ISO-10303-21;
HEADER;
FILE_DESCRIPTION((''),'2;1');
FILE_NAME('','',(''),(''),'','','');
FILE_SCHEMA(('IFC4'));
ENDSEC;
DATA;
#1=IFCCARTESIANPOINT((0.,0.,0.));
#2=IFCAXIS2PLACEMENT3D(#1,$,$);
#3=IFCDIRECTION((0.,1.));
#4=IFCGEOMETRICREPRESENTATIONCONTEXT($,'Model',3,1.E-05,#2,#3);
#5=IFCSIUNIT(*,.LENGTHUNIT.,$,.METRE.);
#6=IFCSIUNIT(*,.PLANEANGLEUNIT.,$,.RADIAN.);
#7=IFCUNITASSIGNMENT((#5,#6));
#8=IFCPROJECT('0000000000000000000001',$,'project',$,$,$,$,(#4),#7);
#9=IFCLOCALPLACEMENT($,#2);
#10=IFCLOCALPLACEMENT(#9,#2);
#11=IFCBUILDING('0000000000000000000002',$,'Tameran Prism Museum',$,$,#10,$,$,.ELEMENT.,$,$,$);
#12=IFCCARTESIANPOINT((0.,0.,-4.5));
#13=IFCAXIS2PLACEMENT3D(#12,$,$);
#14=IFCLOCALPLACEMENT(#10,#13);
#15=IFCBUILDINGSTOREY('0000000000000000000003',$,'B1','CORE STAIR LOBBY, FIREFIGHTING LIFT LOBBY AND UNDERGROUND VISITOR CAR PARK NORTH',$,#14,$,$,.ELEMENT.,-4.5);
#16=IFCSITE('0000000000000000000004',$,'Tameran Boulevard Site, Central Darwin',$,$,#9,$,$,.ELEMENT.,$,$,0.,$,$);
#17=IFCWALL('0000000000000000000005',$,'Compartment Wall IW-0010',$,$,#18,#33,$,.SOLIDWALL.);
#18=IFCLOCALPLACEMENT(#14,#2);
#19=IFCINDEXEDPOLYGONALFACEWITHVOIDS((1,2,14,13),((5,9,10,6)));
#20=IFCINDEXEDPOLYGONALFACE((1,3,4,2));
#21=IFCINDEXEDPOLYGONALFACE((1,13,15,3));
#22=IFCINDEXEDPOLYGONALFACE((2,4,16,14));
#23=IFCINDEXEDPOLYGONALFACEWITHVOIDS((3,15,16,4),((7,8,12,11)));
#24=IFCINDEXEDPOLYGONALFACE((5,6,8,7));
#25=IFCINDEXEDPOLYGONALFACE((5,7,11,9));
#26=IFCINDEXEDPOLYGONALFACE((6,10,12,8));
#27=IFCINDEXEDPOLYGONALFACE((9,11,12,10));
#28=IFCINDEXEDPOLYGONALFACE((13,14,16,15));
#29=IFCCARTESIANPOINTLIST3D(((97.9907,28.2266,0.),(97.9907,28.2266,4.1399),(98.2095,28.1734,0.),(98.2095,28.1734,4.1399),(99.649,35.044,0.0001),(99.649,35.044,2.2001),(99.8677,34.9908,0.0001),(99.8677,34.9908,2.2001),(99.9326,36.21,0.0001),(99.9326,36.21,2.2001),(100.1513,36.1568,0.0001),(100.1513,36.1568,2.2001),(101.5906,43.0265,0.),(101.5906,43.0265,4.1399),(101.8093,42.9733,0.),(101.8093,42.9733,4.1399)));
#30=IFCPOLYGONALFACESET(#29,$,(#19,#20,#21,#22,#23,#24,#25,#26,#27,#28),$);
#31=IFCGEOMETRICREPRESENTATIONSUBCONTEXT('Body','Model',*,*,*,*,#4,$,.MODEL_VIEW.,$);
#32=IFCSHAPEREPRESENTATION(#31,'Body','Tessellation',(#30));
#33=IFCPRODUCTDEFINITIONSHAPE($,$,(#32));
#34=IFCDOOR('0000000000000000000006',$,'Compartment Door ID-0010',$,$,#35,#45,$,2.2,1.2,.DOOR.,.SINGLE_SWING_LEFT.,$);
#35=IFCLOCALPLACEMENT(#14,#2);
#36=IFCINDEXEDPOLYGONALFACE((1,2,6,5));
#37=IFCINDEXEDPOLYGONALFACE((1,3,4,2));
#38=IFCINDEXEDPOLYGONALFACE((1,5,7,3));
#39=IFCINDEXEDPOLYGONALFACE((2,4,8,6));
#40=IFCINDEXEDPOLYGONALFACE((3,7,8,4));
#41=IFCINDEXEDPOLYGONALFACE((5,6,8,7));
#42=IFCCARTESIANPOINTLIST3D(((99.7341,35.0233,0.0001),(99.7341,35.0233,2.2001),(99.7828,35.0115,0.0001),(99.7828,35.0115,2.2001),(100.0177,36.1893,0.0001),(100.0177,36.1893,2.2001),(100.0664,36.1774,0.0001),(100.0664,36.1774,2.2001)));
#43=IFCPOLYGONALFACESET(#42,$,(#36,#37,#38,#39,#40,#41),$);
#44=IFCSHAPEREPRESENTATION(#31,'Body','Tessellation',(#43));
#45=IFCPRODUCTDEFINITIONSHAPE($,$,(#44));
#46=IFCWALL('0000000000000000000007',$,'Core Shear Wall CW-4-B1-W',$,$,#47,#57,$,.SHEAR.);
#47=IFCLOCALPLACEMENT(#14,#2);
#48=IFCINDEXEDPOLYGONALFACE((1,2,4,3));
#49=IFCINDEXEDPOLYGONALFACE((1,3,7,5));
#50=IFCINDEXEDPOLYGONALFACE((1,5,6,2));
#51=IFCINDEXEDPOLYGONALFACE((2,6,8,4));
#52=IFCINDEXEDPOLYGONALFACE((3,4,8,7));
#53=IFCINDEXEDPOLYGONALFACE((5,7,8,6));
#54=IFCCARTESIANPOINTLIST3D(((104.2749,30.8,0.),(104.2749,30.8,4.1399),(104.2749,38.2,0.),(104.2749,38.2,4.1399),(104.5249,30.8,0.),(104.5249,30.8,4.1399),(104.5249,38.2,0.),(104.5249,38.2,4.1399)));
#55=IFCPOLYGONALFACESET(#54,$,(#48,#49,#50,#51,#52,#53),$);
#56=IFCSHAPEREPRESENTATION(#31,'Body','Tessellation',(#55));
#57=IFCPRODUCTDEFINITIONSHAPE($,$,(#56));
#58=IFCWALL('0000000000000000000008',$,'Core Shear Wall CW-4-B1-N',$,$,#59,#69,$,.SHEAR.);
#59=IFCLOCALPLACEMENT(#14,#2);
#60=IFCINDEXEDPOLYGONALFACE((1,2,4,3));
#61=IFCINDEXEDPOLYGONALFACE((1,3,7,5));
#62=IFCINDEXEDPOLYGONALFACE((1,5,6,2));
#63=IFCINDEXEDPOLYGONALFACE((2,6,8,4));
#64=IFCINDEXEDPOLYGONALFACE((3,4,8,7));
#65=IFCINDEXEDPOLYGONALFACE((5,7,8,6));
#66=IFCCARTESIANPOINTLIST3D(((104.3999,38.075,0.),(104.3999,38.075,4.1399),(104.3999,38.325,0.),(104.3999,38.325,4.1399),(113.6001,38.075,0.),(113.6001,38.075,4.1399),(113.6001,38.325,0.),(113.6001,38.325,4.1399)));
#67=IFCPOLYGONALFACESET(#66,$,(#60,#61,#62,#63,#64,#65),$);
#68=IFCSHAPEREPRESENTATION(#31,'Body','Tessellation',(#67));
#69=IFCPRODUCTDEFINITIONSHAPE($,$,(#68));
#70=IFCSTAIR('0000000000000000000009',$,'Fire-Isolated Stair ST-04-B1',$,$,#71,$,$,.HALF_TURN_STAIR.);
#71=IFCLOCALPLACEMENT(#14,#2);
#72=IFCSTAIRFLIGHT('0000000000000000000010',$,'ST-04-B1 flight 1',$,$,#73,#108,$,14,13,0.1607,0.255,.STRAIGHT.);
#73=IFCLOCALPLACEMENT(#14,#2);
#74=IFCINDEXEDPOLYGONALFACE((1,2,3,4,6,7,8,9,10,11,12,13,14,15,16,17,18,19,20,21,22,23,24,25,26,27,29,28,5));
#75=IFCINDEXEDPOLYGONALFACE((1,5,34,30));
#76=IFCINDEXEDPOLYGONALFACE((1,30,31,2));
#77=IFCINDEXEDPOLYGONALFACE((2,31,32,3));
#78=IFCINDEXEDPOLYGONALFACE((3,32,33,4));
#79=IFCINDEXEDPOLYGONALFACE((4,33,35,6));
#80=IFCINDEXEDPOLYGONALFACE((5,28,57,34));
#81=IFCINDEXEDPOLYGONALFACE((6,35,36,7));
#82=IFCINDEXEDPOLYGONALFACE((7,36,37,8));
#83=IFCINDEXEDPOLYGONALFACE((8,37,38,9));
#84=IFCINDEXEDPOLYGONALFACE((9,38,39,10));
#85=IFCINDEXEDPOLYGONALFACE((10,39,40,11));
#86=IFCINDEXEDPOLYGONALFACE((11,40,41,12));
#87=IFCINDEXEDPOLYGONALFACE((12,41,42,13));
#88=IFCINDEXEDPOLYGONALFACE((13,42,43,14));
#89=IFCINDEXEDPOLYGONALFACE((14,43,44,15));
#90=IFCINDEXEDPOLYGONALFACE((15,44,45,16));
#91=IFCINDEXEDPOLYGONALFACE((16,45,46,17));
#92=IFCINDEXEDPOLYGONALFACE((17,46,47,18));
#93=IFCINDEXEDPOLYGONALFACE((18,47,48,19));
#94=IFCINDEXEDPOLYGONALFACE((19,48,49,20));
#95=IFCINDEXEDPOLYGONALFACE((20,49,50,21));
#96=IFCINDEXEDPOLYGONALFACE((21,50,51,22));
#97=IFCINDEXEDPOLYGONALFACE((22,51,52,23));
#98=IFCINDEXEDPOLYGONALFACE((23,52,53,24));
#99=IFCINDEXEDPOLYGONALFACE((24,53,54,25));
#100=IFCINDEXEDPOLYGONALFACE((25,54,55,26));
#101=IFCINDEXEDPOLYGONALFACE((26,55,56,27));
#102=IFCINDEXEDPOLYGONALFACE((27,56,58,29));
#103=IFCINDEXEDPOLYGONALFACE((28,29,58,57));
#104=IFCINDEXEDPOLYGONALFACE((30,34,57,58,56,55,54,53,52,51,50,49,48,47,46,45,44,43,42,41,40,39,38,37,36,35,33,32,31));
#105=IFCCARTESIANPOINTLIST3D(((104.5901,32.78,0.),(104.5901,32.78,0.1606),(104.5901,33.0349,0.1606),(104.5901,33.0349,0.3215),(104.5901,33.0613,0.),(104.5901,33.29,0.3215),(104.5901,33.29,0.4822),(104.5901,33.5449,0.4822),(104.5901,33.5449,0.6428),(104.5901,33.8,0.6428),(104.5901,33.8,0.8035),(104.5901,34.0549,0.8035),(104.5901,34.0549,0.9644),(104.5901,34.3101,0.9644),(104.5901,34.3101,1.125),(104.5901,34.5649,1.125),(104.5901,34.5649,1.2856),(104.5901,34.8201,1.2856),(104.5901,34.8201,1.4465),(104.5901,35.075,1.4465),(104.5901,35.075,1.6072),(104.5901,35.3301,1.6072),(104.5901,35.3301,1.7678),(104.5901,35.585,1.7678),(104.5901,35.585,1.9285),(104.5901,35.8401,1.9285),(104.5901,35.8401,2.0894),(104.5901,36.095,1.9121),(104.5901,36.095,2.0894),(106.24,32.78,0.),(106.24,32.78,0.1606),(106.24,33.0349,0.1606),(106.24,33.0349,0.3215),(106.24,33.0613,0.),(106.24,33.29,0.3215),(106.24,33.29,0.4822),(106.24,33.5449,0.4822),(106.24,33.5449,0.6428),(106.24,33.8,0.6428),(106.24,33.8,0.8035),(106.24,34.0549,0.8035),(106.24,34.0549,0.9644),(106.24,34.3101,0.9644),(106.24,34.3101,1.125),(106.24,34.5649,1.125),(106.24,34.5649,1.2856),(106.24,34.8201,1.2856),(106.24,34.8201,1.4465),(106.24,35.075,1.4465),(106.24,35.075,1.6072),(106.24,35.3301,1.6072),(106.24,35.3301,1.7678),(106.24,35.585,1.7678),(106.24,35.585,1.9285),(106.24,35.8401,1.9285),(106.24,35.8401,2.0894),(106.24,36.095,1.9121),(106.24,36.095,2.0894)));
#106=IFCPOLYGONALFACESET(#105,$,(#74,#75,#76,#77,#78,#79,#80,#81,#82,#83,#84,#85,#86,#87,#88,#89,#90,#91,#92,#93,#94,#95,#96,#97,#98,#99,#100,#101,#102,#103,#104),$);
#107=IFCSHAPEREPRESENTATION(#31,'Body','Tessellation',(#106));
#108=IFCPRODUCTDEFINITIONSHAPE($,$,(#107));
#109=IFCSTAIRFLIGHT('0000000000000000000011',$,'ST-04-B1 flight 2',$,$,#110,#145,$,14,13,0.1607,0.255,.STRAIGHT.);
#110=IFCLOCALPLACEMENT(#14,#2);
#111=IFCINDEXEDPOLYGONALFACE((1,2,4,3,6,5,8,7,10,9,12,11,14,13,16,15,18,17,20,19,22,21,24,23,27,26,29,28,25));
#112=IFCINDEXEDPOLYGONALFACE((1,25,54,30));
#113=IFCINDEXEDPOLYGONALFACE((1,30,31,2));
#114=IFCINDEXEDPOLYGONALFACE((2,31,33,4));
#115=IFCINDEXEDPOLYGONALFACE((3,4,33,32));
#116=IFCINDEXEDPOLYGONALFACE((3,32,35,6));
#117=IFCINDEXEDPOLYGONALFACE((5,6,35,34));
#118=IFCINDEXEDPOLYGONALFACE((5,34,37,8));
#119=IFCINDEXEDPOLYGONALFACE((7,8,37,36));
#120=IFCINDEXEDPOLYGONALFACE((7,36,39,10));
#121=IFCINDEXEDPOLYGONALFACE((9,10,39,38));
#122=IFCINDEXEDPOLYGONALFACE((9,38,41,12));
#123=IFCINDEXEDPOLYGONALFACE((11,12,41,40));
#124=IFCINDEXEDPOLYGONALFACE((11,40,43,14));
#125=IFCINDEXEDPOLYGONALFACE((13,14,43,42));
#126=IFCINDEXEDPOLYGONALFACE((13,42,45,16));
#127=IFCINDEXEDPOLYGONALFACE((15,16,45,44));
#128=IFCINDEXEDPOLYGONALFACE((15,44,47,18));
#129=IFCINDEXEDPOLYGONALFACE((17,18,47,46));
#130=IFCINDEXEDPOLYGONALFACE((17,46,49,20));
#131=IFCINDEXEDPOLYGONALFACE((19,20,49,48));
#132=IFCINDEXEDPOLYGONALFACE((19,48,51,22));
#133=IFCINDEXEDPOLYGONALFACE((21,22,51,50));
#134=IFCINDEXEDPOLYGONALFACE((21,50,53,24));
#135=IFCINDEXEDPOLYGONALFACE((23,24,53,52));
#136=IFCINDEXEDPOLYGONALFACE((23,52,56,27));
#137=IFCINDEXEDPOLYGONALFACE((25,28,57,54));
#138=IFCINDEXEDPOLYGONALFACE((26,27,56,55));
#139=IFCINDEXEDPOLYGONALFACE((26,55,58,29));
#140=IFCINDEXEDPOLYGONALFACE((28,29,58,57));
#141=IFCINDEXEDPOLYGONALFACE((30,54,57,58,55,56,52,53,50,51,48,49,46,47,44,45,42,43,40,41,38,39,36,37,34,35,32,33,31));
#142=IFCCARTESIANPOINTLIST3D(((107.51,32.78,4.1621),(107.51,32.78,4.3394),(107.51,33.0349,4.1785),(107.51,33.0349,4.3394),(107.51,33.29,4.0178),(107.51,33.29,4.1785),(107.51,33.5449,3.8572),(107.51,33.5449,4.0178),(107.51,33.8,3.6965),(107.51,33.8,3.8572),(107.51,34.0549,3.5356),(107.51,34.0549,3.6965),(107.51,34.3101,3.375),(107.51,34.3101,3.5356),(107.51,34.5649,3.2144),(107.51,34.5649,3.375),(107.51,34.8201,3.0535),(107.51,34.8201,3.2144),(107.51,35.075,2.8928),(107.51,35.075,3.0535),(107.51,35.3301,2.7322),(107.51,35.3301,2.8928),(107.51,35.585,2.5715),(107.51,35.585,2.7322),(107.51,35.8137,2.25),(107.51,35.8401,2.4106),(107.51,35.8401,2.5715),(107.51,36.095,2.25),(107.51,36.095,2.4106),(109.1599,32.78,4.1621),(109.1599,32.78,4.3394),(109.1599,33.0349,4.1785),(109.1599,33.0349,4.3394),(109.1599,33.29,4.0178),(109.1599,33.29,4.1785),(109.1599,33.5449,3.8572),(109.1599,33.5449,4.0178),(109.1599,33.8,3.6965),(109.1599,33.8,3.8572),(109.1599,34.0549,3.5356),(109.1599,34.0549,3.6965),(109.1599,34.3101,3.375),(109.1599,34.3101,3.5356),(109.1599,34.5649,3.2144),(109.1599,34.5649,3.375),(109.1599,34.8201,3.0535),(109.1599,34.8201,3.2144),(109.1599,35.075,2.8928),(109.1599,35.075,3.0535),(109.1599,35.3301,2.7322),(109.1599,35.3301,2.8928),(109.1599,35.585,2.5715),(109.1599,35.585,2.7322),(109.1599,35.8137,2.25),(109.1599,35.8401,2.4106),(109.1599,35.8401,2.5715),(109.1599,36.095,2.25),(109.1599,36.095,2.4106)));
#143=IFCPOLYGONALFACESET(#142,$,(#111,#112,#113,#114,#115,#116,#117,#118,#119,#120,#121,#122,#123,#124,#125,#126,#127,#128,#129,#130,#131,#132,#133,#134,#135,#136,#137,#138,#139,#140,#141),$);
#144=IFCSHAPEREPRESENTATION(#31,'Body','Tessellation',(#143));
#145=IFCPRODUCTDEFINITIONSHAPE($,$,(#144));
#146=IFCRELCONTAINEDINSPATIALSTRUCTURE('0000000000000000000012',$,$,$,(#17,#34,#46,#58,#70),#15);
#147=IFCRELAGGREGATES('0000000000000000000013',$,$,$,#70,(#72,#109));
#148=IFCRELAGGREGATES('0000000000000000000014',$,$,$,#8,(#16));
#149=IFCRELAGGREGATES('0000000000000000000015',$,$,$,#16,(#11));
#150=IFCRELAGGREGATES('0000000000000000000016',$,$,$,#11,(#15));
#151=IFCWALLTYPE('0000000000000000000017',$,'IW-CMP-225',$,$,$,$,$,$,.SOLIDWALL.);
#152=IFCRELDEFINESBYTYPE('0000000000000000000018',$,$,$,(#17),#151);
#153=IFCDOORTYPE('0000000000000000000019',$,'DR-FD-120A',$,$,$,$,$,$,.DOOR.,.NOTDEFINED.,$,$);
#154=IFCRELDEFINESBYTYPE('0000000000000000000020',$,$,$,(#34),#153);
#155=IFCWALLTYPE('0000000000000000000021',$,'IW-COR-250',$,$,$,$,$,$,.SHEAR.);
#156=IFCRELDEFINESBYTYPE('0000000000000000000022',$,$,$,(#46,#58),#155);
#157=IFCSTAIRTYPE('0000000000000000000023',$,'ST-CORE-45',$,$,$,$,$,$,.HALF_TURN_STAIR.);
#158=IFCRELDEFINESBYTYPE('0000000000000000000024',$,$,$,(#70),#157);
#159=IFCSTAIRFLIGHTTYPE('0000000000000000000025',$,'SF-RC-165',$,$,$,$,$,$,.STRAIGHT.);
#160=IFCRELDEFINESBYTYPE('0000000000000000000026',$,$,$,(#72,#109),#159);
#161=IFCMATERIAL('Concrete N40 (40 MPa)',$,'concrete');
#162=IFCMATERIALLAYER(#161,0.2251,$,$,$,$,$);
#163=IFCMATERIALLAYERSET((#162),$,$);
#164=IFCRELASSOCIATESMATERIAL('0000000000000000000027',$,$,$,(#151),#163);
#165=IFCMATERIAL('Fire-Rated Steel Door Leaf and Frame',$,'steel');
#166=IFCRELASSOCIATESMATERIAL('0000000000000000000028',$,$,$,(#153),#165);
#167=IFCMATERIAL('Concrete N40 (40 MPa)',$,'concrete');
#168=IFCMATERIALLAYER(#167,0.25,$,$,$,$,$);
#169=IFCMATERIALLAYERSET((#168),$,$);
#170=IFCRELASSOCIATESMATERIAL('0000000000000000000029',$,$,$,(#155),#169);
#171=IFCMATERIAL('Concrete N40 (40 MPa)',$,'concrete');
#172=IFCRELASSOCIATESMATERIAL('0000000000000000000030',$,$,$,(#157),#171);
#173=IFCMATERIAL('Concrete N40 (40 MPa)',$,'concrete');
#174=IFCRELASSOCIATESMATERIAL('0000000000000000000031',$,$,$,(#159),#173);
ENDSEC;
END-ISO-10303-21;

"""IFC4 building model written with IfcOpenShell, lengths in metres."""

from ifc_helpers import new_model, si_unit, direction, frame, frame_2d, origin, place, context, subcontext, project, spatial, polyline, rectangle, outline, extrude, material, layer, layer_set, type_object, element, fill, aggregate, save


model = new_model("IFC4")

# Units and contexts
model_context = context("Model", 3, precision=1e-05, world=origin(), true_north=direction((0.0, 1.0)))
body_context = subcontext(model_context, "Body", "Model", "MODEL_VIEW")
ifc_project = project(units=[si_unit("LENGTHUNIT", "METRE"), si_unit("PLANEANGLEUNIT", "RADIAN")], contexts=[model_context])

# Site, building, storey
site_placement = place(None, origin())
site = spatial("IfcSite", under=ifc_project, at=site_placement, Name="Tameran Boulevard Site, Central Darwin", CompositionType="ELEMENT", RefElevation=0.0)
building_placement = place(site_placement, origin())
building = spatial("IfcBuilding", under=site, at=building_placement, Name="Tameran Prism Museum", CompositionType="ELEMENT")
storey_placement = place(building_placement, frame((0.0, 0.0, -4.5)))
storey = spatial("IfcBuildingStorey", under=building, at=storey_placement, Name="B1", Description="CORE STAIR LOBBY, FIREFIGHTING LIFT LOBBY AND UNDERGROUND VISITOR CAR PARK NORTH", CompositionType="ELEMENT", Elevation=-4.5)

# Wall, opening, door
ifc_material_1 = material(Name="Concrete N40 (40 MPa)", Category="concrete")
ifc_layer_1 = layer(ifc_material_1, 0.2251)
ifc_layer_set_1 = layer_set([ifc_layer_1])
wall_type_1 = type_object("IfcWallType", Name="IW-CMP-225", PredefinedType="SOLIDWALL", material=ifc_layer_set_1)
wall_1_placement = place(storey_placement, frame((98.1001, 28.2, 0.0), z_axis=(0.0, 0.0, 1.0), x_axis=(0.236342, 0.97167, 0.0)))
wall_1 = element("IfcWall", 1, at=wall_1_placement, inside=storey, type_object=wall_type_1, Name="Compartment Wall IW-0010", PredefinedType="SOLIDWALL", context=body_context, shape_type="SweptSolid", body=[
    extrude(rectangle(XDim=15.2314, YDim=0.2251, at=frame_2d((7.6157, 0.0))), origin(), (0.0, 0.0, 1.0), 4.1399),
])
opening_placement = place(wall_1_placement, frame((7.0161, 0.0, 0.0)))
opening = element("IfcOpeningElement", 2, at=opening_placement, cuts=wall_1, PredefinedType="OPENING", context=body_context, shape_type="SweptSolid", body=[
    extrude(rectangle(XDim=1.2, YDim=2.2, at=frame_2d((0.6001, 1.1001))), frame((0.0, 0.1226, 0.0), z_axis=(0.0, -1.0, 0.0), x_axis=(1.0, 0.0, 0.0)), (0.0, 0.0, 1.0), 0.2451),
])
ifc_material_2 = material(Name="Fire-Rated Steel Door Leaf and Frame", Category="steel")
door_type = type_object("IfcDoorType", Name="DR-FD-120A", OperationType="NOTDEFINED", PredefinedType="DOOR", material=ifc_material_2)
door_placement = place(opening_placement, origin())
door = element("IfcDoor", 3, at=door_placement, inside=storey, type_object=door_type, Name="Compartment Door ID-0010", OperationType="SINGLE_SWING_LEFT", OverallHeight=2.2, OverallWidth=1.2, PredefinedType="DOOR", context=body_context, shape_type="SweptSolid", body=[
    extrude(rectangle(XDim=1.2, YDim=2.2, at=frame_2d((0.6001, 1.1001))), frame((0.0, 0.0249, 0.0), z_axis=(0.0, -1.0, 0.0), x_axis=(1.0, 0.0, 0.0)), (0.0, 0.0, 1.0), 0.05),
])
fill(opening, door)

# Walls
ifc_material_3 = material(Name="Concrete N40 (40 MPa)", Category="concrete")
ifc_layer_2 = layer(ifc_material_3, 0.25)
ifc_layer_set_2 = layer_set([ifc_layer_2])
wall_type_2 = type_object("IfcWallType", Name="IW-COR-250", PredefinedType="SHEAR", material=ifc_layer_set_2)
wall_2_placement = place(storey_placement, frame((104.3999, 30.8, 0.0), z_axis=(0.0, 0.0, 1.0), x_axis=(0.0, 1.0, 0.0)))
element("IfcWall", 4, at=wall_2_placement, inside=storey, type_object=wall_type_2, Name="Core Shear Wall CW-4-B1-W", PredefinedType="SHEAR", context=body_context, shape_type="SweptSolid", body=[
    extrude(rectangle(XDim=7.3999, YDim=0.25, at=frame_2d((3.7, 0.0))), origin(), (0.0, 0.0, 1.0), 4.1399),
])
wall_3_placement = place(storey_placement, frame((104.3999, 38.2, 0.0), z_axis=(0.0, 0.0, 1.0), x_axis=(1.0, 0.0, 0.0)))
element("IfcWall", 5, at=wall_3_placement, inside=storey, type_object=wall_type_2, Name="Core Shear Wall CW-4-B1-N", PredefinedType="SHEAR", context=body_context, shape_type="SweptSolid", body=[
    extrude(rectangle(XDim=9.2002, YDim=0.25, at=frame_2d((4.6001, 0.0))), origin(), (0.0, 0.0, 1.0), 4.1399),
])

# Stair, stair flights
ifc_material_4 = material(Name="Concrete N40 (40 MPa)", Category="concrete")
stair_type = type_object("IfcStairType", Name="ST-CORE-45", PredefinedType="HALF_TURN_STAIR", material=ifc_material_4)
stair_placement = place(storey_placement, origin())
stair = element("IfcStair", 6, at=stair_placement, inside=storey, type_object=stair_type, Name="Fire-Isolated Stair ST-04-B1", PredefinedType="HALF_TURN_STAIR")
ifc_material_5 = material(Name="Concrete N40 (40 MPa)", Category="concrete")
stair_flight_type = type_object("IfcStairFlightType", Name="SF-RC-165", PredefinedType="STRAIGHT", material=ifc_material_5)
stair_flight_1_placement = place(storey_placement, frame((105.415, 32.78, 0.0), z_axis=(0.0, 0.0, 1.0), x_axis=(0.0, 1.0, 0.0)))
stair_flight_1 = element("IfcStairFlight", 7, at=stair_flight_1_placement, type_object=stair_flight_type, Name="ST-04-B1 flight 1", NumberOfRisers=14, NumberOfTreads=13, PredefinedType="STRAIGHT", RiserHeight=0.1607, TreadLength=0.255, context=body_context, shape_type="SweptSolid", body=[
    extrude(outline(polyline([(0.0, 0.0), (0.0, 0.1606), (0.2549, 0.1606), (0.2549, 0.3215), (0.51, 0.3215), (0.51, 0.4822), (0.7649, 0.4822), (0.7649, 0.6428), (1.02, 0.6428), (1.02, 0.8035), (1.2749, 0.8035), (1.2749, 0.9644), (1.53, 0.9644), (1.53, 1.125), (1.7849, 1.125), (1.7849, 1.2856), (2.04, 1.2856), (2.04, 1.4465), (2.2949, 1.4465), (2.2949, 1.6072), (2.55, 1.6072), (2.55, 1.7678), (2.8049, 1.7678), (2.8049, 1.9285), (3.0601, 1.9285), (3.0601, 2.0894), (3.3149, 2.0894), (3.3149, 2.25), (3.3149, 1.9121), (0.2812, 0.0), (0.0, 0.0)])), frame((0.0, 0.825, 0.0), z_axis=(0.0, -1.0, 0.0), x_axis=(1.0, 0.0, 0.0)), (0.0, 0.0, 1.0), 1.6499),
])
stair_flight_2_placement = place(storey_placement, frame((108.335, 36.095, 2.25), z_axis=(0.0, 0.0, 1.0), x_axis=(0.0, -1.0, 0.0)))
stair_flight_2 = element("IfcStairFlight", 8, at=stair_flight_2_placement, type_object=stair_flight_type, Name="ST-04-B1 flight 2", NumberOfRisers=14, NumberOfTreads=13, PredefinedType="STRAIGHT", RiserHeight=0.1607, TreadLength=0.255, context=body_context, shape_type="SweptSolid", body=[
    extrude(outline(polyline([(0.0, 0.0), (0.0, 0.1606), (0.2549, 0.1606), (0.2549, 0.3215), (0.51, 0.3215), (0.51, 0.4822), (0.7649, 0.4822), (0.7649, 0.6428), (1.02, 0.6428), (1.02, 0.8035), (1.2749, 0.8035), (1.2749, 0.9644), (1.53, 0.9644), (1.53, 1.125), (1.7849, 1.125), (1.7849, 1.2856), (2.04, 1.2856), (2.04, 1.4465), (2.2949, 1.4465), (2.2949, 1.6072), (2.55, 1.6072), (2.55, 1.7678), (2.8049, 1.7678), (2.8049, 1.9285), (3.0601, 1.9285), (3.0601, 2.0894), (3.3149, 2.0894), (3.3149, 2.25), (3.3149, 1.9121), (0.2812, 0.0), (0.0, 0.0)])), frame((0.0, 0.825, 0.0), z_axis=(0.0, -1.0, 0.0), x_axis=(1.0, 0.0, 0.0)), (0.0, 0.0, 1.0), 1.6499),
])
aggregate(stair, [stair_flight_1, stair_flight_2])

save(model, "model.ifc")
